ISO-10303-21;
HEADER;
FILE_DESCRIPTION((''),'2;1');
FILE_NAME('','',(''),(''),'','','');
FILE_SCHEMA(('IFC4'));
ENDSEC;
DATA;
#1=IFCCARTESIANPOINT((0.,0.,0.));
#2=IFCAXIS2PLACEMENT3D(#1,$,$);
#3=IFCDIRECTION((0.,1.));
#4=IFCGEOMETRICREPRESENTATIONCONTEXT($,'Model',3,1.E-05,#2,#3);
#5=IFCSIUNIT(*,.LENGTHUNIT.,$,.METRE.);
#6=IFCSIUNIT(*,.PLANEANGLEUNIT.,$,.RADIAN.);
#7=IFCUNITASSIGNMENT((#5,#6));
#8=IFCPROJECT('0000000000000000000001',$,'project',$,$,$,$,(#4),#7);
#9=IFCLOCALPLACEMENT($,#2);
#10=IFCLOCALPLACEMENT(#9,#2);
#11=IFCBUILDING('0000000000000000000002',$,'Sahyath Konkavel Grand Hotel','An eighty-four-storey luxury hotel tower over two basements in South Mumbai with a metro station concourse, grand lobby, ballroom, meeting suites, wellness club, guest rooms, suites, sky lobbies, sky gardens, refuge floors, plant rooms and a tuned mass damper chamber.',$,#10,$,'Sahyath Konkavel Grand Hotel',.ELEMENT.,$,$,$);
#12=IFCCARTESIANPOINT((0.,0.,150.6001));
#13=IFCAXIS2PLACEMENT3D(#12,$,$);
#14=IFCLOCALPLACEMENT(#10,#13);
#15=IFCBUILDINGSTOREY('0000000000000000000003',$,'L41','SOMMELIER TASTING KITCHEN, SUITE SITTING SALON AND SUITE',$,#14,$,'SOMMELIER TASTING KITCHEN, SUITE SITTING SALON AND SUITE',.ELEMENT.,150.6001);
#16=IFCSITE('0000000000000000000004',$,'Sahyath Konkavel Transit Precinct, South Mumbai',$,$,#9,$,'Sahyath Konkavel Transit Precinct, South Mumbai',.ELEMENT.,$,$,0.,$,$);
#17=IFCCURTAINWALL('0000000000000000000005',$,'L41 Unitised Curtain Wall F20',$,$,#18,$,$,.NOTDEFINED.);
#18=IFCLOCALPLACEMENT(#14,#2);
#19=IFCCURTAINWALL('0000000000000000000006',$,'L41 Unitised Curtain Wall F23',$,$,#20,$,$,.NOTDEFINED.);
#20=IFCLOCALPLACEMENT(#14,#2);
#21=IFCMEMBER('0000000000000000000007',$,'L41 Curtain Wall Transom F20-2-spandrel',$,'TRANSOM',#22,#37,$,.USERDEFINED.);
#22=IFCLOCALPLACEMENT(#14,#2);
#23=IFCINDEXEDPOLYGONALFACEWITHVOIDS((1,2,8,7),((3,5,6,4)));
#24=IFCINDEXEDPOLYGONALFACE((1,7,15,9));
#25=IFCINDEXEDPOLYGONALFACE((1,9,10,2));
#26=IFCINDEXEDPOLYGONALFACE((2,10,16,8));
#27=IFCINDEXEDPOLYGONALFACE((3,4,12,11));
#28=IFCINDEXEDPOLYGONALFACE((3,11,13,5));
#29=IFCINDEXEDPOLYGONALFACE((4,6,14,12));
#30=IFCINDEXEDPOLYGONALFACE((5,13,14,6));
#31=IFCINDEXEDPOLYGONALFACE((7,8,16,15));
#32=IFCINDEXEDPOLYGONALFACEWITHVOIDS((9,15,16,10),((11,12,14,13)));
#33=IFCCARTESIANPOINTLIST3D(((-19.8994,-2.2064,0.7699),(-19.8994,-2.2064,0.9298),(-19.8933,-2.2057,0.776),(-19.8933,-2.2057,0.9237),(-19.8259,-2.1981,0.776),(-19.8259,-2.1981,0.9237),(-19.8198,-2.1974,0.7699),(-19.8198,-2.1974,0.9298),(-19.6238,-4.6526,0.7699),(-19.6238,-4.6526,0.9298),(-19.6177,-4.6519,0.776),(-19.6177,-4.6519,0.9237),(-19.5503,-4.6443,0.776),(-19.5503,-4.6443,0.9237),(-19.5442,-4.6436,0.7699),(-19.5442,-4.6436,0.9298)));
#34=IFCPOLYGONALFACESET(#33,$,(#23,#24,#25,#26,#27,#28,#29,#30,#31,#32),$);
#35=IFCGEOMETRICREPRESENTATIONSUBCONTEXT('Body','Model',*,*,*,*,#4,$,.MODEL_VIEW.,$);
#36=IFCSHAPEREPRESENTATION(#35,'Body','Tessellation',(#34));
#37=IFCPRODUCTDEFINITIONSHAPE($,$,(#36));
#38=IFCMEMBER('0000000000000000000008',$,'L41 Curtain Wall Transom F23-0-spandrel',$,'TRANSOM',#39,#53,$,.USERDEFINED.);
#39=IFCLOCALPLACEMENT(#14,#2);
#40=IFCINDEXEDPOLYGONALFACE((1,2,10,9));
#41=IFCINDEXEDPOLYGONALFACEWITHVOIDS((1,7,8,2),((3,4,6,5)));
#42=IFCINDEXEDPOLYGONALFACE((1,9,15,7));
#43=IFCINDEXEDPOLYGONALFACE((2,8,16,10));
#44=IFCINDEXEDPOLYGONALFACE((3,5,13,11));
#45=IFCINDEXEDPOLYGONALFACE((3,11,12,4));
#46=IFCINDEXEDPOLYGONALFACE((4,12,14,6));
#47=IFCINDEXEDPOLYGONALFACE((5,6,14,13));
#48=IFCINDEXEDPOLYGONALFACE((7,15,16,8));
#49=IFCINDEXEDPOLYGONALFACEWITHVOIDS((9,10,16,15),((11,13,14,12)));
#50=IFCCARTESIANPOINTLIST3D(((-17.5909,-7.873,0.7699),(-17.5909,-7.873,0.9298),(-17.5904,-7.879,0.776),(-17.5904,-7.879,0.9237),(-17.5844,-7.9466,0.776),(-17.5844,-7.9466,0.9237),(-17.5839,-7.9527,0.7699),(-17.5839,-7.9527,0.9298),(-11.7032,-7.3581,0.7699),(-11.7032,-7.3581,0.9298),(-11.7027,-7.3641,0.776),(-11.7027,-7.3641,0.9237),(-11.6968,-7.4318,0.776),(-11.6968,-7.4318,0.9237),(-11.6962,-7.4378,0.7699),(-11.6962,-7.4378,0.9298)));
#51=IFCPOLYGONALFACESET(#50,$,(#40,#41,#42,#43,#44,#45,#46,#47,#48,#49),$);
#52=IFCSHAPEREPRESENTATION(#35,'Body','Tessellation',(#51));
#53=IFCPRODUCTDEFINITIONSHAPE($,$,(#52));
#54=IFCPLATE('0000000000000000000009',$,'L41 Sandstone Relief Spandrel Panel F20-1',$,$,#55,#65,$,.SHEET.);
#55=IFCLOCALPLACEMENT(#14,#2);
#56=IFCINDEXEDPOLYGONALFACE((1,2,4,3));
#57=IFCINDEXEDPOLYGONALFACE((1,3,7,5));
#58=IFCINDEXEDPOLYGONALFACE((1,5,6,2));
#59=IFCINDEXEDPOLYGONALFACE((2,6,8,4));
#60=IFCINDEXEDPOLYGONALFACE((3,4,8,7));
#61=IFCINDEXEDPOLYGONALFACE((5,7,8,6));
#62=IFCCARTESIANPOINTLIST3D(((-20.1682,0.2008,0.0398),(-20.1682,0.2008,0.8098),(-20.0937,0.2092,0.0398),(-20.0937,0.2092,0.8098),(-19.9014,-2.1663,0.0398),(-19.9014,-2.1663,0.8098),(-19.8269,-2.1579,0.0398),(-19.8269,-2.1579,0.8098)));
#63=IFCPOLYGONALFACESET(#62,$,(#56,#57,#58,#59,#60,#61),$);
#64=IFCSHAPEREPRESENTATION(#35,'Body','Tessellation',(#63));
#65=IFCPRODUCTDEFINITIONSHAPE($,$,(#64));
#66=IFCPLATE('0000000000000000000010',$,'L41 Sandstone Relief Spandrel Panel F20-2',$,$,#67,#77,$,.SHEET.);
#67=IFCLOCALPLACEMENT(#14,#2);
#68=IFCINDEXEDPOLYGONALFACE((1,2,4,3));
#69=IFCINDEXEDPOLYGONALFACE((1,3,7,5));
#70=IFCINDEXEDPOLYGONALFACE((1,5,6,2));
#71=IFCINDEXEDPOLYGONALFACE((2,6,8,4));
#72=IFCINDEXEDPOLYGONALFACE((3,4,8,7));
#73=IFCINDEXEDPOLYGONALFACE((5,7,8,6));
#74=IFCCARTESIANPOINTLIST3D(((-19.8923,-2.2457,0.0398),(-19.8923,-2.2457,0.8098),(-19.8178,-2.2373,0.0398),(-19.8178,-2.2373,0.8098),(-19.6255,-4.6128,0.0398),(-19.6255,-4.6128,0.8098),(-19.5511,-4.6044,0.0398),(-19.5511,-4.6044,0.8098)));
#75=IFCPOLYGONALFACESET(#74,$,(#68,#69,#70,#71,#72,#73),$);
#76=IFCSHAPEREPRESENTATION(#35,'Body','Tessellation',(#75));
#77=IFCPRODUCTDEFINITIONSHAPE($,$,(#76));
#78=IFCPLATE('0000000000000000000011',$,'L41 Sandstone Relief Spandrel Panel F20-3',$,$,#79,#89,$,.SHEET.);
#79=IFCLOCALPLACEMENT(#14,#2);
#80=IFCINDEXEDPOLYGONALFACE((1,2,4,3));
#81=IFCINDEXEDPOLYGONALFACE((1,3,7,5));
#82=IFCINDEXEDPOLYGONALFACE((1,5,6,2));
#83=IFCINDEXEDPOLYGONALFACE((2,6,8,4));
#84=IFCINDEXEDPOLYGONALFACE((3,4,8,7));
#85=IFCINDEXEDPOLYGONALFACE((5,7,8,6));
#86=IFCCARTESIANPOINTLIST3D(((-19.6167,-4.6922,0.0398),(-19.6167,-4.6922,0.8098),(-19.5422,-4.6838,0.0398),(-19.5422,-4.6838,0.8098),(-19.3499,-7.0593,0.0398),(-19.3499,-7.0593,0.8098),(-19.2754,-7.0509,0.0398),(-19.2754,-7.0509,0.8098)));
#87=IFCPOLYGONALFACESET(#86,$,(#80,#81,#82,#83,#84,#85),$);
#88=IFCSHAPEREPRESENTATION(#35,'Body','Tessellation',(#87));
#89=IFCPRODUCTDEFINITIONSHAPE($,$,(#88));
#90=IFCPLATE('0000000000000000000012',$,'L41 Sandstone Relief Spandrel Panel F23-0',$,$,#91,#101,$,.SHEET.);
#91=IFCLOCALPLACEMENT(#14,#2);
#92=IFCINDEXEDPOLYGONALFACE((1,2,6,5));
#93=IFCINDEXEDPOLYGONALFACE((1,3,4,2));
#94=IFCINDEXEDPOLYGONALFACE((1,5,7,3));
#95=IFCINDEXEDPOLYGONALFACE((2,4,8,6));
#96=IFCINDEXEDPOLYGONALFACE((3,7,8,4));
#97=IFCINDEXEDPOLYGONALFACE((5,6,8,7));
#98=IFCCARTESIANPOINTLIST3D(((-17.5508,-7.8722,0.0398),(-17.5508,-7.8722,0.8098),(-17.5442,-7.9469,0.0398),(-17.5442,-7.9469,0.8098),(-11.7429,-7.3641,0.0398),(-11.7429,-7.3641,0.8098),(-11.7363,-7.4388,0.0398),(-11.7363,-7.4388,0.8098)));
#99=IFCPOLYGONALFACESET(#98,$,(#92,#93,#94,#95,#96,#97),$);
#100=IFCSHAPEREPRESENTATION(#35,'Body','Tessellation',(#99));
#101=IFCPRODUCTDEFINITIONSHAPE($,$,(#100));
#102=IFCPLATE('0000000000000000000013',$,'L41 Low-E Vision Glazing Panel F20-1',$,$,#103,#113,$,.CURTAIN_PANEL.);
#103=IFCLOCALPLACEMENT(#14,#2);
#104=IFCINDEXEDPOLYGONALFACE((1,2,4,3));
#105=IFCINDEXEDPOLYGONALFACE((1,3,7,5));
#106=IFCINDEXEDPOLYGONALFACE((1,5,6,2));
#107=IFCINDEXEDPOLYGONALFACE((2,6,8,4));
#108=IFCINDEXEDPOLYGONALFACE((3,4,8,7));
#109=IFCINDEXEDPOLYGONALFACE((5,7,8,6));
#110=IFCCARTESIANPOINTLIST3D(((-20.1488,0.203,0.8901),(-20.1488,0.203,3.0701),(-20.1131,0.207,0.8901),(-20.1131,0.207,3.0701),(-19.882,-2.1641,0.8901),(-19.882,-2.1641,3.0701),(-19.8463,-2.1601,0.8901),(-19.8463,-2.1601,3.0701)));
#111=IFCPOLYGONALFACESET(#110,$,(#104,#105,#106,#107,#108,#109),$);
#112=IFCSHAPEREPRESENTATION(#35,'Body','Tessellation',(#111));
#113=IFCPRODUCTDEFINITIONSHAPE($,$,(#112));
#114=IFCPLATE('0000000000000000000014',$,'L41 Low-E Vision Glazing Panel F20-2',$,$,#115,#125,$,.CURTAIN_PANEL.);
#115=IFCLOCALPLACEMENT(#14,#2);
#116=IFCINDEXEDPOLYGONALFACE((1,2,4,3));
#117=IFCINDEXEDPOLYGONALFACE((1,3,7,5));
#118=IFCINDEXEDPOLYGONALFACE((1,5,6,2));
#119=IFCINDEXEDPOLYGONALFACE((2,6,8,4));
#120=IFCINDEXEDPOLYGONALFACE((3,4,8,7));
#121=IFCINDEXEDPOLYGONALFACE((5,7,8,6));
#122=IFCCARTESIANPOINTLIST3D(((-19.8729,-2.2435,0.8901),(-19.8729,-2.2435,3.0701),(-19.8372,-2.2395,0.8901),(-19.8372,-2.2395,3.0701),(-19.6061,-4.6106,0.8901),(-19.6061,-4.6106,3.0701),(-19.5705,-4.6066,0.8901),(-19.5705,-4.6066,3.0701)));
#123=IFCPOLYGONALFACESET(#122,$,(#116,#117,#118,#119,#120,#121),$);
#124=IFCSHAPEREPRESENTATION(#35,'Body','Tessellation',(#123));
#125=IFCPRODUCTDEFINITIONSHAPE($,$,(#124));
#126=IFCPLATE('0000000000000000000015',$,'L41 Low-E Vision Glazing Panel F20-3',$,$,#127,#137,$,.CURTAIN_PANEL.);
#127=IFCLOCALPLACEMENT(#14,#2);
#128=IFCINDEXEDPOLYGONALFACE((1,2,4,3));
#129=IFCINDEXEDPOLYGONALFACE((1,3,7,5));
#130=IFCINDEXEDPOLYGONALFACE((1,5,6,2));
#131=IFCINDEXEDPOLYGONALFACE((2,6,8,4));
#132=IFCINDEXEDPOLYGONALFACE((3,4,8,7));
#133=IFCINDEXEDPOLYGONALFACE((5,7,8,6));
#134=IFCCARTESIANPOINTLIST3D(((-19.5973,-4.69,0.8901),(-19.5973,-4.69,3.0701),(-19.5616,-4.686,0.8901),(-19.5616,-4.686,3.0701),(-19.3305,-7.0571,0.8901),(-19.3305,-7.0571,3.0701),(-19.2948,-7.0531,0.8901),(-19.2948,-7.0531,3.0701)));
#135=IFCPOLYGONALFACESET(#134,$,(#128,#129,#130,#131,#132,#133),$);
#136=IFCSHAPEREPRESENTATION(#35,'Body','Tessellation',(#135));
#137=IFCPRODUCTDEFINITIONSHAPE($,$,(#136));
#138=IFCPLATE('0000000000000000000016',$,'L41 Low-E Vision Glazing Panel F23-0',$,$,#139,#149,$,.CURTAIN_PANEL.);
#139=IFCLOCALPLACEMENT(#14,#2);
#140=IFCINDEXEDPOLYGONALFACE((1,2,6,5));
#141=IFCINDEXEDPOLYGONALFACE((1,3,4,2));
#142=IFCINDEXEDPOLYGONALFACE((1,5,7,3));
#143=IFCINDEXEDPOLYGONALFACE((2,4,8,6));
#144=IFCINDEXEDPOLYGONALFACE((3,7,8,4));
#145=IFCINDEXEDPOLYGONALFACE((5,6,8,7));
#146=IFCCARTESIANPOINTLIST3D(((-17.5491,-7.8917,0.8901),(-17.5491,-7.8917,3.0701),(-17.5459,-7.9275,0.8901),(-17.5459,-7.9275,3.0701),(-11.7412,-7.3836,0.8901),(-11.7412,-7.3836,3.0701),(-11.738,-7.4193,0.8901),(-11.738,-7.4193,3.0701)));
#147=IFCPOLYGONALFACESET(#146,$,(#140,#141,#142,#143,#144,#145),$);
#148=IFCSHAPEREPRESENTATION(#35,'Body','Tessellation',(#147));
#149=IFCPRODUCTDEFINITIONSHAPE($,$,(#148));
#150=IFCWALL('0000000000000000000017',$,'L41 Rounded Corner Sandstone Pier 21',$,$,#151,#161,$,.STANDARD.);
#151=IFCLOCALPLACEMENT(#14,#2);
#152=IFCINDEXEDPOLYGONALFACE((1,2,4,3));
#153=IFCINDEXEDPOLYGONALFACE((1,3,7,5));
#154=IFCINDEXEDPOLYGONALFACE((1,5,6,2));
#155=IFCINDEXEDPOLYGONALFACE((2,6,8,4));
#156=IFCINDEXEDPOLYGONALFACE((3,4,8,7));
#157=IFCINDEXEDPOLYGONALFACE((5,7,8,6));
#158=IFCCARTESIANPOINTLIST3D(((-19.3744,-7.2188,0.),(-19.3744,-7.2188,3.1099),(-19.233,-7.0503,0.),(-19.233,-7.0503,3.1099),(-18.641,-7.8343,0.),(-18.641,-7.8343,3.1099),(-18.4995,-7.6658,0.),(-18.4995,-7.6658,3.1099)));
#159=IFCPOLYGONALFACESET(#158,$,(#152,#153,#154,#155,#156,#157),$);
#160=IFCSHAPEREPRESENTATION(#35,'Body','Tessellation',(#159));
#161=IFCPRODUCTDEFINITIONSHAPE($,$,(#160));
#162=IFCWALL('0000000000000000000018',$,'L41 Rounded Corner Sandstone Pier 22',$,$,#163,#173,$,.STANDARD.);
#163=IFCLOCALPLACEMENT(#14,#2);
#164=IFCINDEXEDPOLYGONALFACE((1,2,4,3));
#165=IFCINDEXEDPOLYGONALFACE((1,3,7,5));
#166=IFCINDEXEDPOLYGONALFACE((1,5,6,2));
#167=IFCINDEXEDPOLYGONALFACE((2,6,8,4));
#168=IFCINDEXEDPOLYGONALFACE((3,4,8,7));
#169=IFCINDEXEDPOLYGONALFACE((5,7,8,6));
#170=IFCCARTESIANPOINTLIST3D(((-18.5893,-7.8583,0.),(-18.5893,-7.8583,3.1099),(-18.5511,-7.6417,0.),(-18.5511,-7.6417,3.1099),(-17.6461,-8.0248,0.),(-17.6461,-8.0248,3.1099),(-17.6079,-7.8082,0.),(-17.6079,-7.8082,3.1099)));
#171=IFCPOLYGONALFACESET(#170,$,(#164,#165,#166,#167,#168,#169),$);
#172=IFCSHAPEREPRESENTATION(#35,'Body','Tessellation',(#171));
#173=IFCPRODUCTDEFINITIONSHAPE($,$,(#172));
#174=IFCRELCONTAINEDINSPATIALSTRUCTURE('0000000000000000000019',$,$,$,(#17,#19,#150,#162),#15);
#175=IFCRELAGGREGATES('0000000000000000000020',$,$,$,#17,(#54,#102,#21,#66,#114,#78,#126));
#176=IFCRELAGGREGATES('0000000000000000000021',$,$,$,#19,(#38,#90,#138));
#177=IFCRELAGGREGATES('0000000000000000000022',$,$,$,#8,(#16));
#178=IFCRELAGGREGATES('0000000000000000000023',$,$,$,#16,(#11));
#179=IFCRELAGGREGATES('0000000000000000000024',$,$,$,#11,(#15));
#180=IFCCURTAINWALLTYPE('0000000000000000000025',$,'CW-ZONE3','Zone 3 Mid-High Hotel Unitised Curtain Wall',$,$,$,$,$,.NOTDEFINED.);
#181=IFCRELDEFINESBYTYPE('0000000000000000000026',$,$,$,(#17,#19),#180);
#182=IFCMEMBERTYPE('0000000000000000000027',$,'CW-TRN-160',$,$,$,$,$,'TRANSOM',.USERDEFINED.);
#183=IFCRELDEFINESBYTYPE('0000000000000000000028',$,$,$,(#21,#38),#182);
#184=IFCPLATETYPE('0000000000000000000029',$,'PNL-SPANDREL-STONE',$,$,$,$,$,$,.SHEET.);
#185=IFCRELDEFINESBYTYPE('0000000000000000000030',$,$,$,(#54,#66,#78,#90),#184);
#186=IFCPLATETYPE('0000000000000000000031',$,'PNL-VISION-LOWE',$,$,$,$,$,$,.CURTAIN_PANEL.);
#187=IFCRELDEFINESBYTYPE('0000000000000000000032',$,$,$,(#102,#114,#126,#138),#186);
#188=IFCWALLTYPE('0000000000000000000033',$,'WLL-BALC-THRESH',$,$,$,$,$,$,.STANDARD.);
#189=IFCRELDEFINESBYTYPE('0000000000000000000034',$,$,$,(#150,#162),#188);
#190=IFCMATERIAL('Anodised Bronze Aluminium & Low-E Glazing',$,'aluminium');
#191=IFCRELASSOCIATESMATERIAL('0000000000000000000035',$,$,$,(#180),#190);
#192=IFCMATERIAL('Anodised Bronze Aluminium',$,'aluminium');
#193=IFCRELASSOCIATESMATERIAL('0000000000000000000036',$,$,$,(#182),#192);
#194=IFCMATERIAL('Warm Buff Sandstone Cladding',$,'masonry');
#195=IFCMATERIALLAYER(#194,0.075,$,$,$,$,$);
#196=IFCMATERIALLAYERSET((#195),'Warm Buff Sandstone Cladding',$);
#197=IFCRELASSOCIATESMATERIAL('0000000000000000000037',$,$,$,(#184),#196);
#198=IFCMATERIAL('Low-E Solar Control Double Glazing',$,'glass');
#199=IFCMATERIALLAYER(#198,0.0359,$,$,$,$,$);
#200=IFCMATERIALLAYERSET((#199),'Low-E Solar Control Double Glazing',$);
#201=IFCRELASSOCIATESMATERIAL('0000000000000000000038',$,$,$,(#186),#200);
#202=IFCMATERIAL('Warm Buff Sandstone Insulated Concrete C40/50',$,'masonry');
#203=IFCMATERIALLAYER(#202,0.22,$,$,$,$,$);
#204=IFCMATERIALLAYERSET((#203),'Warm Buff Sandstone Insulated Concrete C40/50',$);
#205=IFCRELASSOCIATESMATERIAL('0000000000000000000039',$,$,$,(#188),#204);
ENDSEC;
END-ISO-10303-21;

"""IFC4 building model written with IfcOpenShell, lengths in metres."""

from ifc_helpers import new_model, si_unit, direction, frame, frame_2d, origin, origin_2d, place, context, subcontext, project, spatial, rectangle, hollow_rectangle, extrude, source, transform, mapped, material, layer, layer_set, material_profile, profile_set, type_object, element, aggregate, save


model = new_model("IFC4")

# Units and contexts
model_context = context("Model", 3, precision=1e-05, world=origin(), true_north=direction((0.0, 1.0)))
body_context = subcontext(model_context, "Body", "Model", "MODEL_VIEW")
ifc_project = project(units=[si_unit("LENGTHUNIT", "METRE"), si_unit("PLANEANGLEUNIT", "RADIAN")], contexts=[model_context])

# Site, building, storey
site_placement = place(None, origin())
site = spatial("IfcSite", under=ifc_project, at=site_placement, Name="Sahyath Konkavel Transit Precinct, South Mumbai", LongName="Sahyath Konkavel Transit Precinct, South Mumbai", CompositionType="ELEMENT", RefElevation=0.0)
building_placement = place(site_placement, origin())
building = spatial("IfcBuilding", under=site, at=building_placement, Name="Sahyath Konkavel Grand Hotel", Description="An eighty-four-storey luxury hotel tower over two basements in South Mumbai with a metro station concourse, grand lobby, ballroom, meeting suites, wellness club, guest rooms, suites, sky lobbies, sky gardens, refuge floors, plant rooms and a tuned mass damper chamber.", LongName="Sahyath Konkavel Grand Hotel", CompositionType="ELEMENT")
storey_placement = place(building_placement, frame((0.0, 0.0, 150.6001)))
storey = spatial("IfcBuildingStorey", under=building, at=storey_placement, Name="L41", Description="SOMMELIER TASTING KITCHEN, SUITE SITTING SALON AND SUITE", LongName="SOMMELIER TASTING KITCHEN, SUITE SITTING SALON AND SUITE", CompositionType="ELEMENT", Elevation=150.6001)

# Curtain walls
ifc_material_1 = material(Name="Anodised Bronze Aluminium & Low-E Glazing", Category="aluminium")
curtain_wall_type = type_object("IfcCurtainWallType", Name="CW-ZONE3", Description="Zone 3 Mid-High Hotel Unitised Curtain Wall", PredefinedType="NOTDEFINED", material=ifc_material_1)
curtain_wall_1_placement = place(storey_placement, origin())
curtain_wall_1 = element("IfcCurtainWall", 1, at=curtain_wall_1_placement, inside=storey, type_object=curtain_wall_type, Name="L41 Unitised Curtain Wall F20", PredefinedType="NOTDEFINED")
ifc_material_2 = material(Name="Anodised Bronze Aluminium", Category="aluminium")
curtain_wall_2_placement = place(storey_placement, origin())
curtain_wall_2 = element("IfcCurtainWall", 2, at=curtain_wall_2_placement, inside=storey, type_object=curtain_wall_type, Name="L41 Unitised Curtain Wall F23", PredefinedType="NOTDEFINED")

# Members
ifc_material_profile_1 = material_profile(ifc_material_2, hollow_rectangle(XDim=0.0801, YDim=0.1599, WallThickness=0.0061, at=origin_2d()), Name="RHS 160x80x6")
ifc_profile_set_1 = profile_set([ifc_material_profile_1], Name="Anodised Bronze Aluminium")
member_type_1 = type_object("IfcMemberType", Name="CW-TRN-160", ElementType="TRANSOM", PredefinedType="USERDEFINED", material=ifc_profile_set_1)
shared_shape_1 = source(origin(), body_context, "Body", "SweptSolid", [
    extrude(hollow_rectangle(XDim=0.0801, YDim=0.1599, WallThickness=0.0061, at=origin_2d()), origin(), (0.0, 0.0, 1.0), 2.4617),
])
member_1_placement = place(storey_placement, frame((-19.8596, -2.2019, 0.8499), z_axis=(0.111966, -0.993712, 0.0), x_axis=(0.993712, 0.111966, 0.0)))
member_1 = element("IfcMember", 3, at=member_1_placement, type_object=member_type_1, Name="L41 Curtain Wall Transom F20-2-spandrel", ObjectType="TRANSOM", PredefinedType="USERDEFINED", context=body_context, shape_type="MappedRepresentation", body=[
    mapped(shared_shape_1, transform((0.0, 0.0, 0.0), scale=1.0)),
])
shared_shape_2 = source(origin(), body_context, "Body", "SweptSolid", [
    extrude(hollow_rectangle(XDim=0.0801, YDim=0.1599, WallThickness=0.0061, at=origin_2d()), origin(), (0.0, 0.0, 1.0), 5.9102),
])
member_2_placement = place(storey_placement, frame((-17.5874, -7.9128, 0.8499), z_axis=(0.996198, 0.08712, 0.0), x_axis=(-0.08712, 0.996198, 0.0)))
member_2 = element("IfcMember", 4, at=member_2_placement, type_object=member_type_1, Name="L41 Curtain Wall Transom F23-0-spandrel", ObjectType="TRANSOM", PredefinedType="USERDEFINED", context=body_context, shape_type="MappedRepresentation", body=[
    mapped(shared_shape_2, transform((0.0, 0.0, 0.0), scale=1.0)),
])

# Plates
ifc_material_3 = material(Name="Warm Buff Sandstone Cladding", Category="masonry")
ifc_layer_1 = layer(ifc_material_3, 0.075)
ifc_layer_set_1 = layer_set([ifc_layer_1], Name="Warm Buff Sandstone Cladding")
plate_type_1 = type_object("IfcPlateType", Name="PNL-SPANDREL-STONE", PredefinedType="SHEET", material=ifc_layer_set_1)
shared_shape_3 = source(origin(), body_context, "Body", "SweptSolid", [
    extrude(rectangle(XDim=2.3821, YDim=0.075, at=origin_2d()), origin(), (0.0, 0.0, 1.0), 0.77),
])
plate_1_placement = place(storey_placement, frame((-19.9976, -0.9785, 0.0398), z_axis=(0.0, 0.0, 1.0), x_axis=(0.111989, -0.993709, 0.0)))
plate_1 = element("IfcPlate", 5, at=plate_1_placement, type_object=plate_type_1, Name="L41 Sandstone Relief Spandrel Panel F20-1", PredefinedType="SHEET", context=body_context, shape_type="MappedRepresentation", body=[
    mapped(shared_shape_3, transform((0.0, 0.0, 0.0), scale=1.0)),
])
plate_2_placement = place(storey_placement, frame((-19.7217, -3.425, 0.0398), z_axis=(0.0, 0.0, 1.0), x_axis=(0.111989, -0.993709, 0.0)))
plate_2 = element("IfcPlate", 6, at=plate_2_placement, type_object=plate_type_1, Name="L41 Sandstone Relief Spandrel Panel F20-2", PredefinedType="SHEET", context=body_context, shape_type="MappedRepresentation", body=[
    mapped(shared_shape_3, transform((0.0, 0.0, 0.0), scale=1.0)),
])
plate_3_placement = place(storey_placement, frame((-19.446, -5.8716, 0.0398), z_axis=(0.0, 0.0, 1.0), x_axis=(0.111989, -0.993709, 0.0)))
plate_3 = element("IfcPlate", 7, at=plate_3_placement, type_object=plate_type_1, Name="L41 Sandstone Relief Spandrel Panel F20-3", PredefinedType="SHEET", context=body_context, shape_type="MappedRepresentation", body=[
    mapped(shared_shape_3, transform((0.0, 0.0, 0.0), scale=1.0)),
])
shared_shape_4 = source(origin(), body_context, "Body", "SweptSolid", [
    extrude(rectangle(XDim=5.8301, YDim=0.075, at=origin_2d()), origin(), (0.0, 0.0, 1.0), 0.77),
])
plate_4_placement = place(storey_placement, frame((-14.6436, -7.6555, 0.0398), z_axis=(0.0, 0.0, 1.0), x_axis=(0.996195, 0.087156, 0.0)))
plate_4 = element("IfcPlate", 8, at=plate_4_placement, type_object=plate_type_1, Name="L41 Sandstone Relief Spandrel Panel F23-0", PredefinedType="SHEET", context=body_context, shape_type="MappedRepresentation", body=[
    mapped(shared_shape_4, transform((0.0, 0.0, 0.0), scale=1.0)),
])
ifc_material_4 = material(Name="Low-E Solar Control Double Glazing", Category="glass")
ifc_layer_2 = layer(ifc_material_4, 0.0359)
ifc_layer_set_2 = layer_set([ifc_layer_2], Name="Low-E Solar Control Double Glazing")
plate_type_2 = type_object("IfcPlateType", Name="PNL-VISION-LOWE", PredefinedType="CURTAIN_PANEL", material=ifc_layer_set_2)
shared_shape_5 = source(origin(), body_context, "Body", "SweptSolid", [
    extrude(rectangle(XDim=2.3821, YDim=0.0359, at=origin_2d()), origin(), (0.0, 0.0, 1.0), 2.1799),
])
plate_5_placement = place(storey_placement, frame((-19.9976, -0.9785, 0.8901), z_axis=(0.0, 0.0, 1.0), x_axis=(0.111989, -0.993709, 0.0)))
plate_5 = element("IfcPlate", 9, at=plate_5_placement, type_object=plate_type_2, Name="L41 Low-E Vision Glazing Panel F20-1", PredefinedType="CURTAIN_PANEL", context=body_context, shape_type="MappedRepresentation", body=[
    mapped(shared_shape_5, transform((0.0, 0.0, 0.0), scale=1.0)),
])
plate_6_placement = place(storey_placement, frame((-19.7217, -3.425, 0.8901), z_axis=(0.0, 0.0, 1.0), x_axis=(0.111989, -0.993709, 0.0)))
plate_6 = element("IfcPlate", 10, at=plate_6_placement, type_object=plate_type_2, Name="L41 Low-E Vision Glazing Panel F20-2", PredefinedType="CURTAIN_PANEL", context=body_context, shape_type="MappedRepresentation", body=[
    mapped(shared_shape_5, transform((0.0, 0.0, 0.0), scale=1.0)),
])
plate_7_placement = place(storey_placement, frame((-19.446, -5.8716, 0.8901), z_axis=(0.0, 0.0, 1.0), x_axis=(0.111989, -0.993709, 0.0)))
plate_7 = element("IfcPlate", 11, at=plate_7_placement, type_object=plate_type_2, Name="L41 Low-E Vision Glazing Panel F20-3", PredefinedType="CURTAIN_PANEL", context=body_context, shape_type="MappedRepresentation", body=[
    mapped(shared_shape_5, transform((0.0, 0.0, 0.0), scale=1.0)),
])
aggregate(curtain_wall_1, [plate_1, plate_5, member_1, plate_2, plate_6, plate_3, plate_7])
shared_shape_6 = source(origin(), body_context, "Body", "SweptSolid", [
    extrude(rectangle(XDim=5.8301, YDim=0.0359, at=origin_2d()), origin(), (0.0, 0.0, 1.0), 2.1799),
])
plate_8_placement = place(storey_placement, frame((-14.6436, -7.6555, 0.8901), z_axis=(0.0, 0.0, 1.0), x_axis=(0.996195, 0.087156, 0.0)))
plate_8 = element("IfcPlate", 12, at=plate_8_placement, type_object=plate_type_2, Name="L41 Low-E Vision Glazing Panel F23-0", PredefinedType="CURTAIN_PANEL", context=body_context, shape_type="MappedRepresentation", body=[
    mapped(shared_shape_6, transform((0.0, 0.0, 0.0), scale=1.0)),
])
aggregate(curtain_wall_2, [member_2, plate_4, plate_8])

# Walls
ifc_material_5 = material(Name="Warm Buff Sandstone Insulated Concrete C40/50", Category="masonry")
ifc_layer_3 = layer(ifc_material_5, 0.22)
ifc_layer_set_3 = layer_set([ifc_layer_3], Name="Warm Buff Sandstone Insulated Concrete C40/50")
wall_type = type_object("IfcWallType", Name="WLL-BALC-THRESH", PredefinedType="STANDARD", material=ifc_layer_set_3)
wall_1_placement = place(storey_placement, frame((-19.3037, -7.1345, 0.0), z_axis=(0.0, 0.0, 1.0), x_axis=(0.766001, -0.642839, 0.0)))
element("IfcWall", 13, at=wall_1_placement, inside=storey, type_object=wall_type, Name="L41 Rounded Corner Sandstone Pier 21", PredefinedType="STANDARD", context=body_context, shape_type="SweptSolid", body=[
    extrude(rectangle(XDim=0.9575, YDim=0.22, at=frame_2d((0.4788, 0.0))), origin(), (0.0, 0.0, 1.0), 3.1099),
])
wall_2_placement = place(storey_placement, frame((-18.5703, -7.75, 0.0), z_axis=(0.0, 0.0, 1.0), x_axis=(0.984771, -0.173858, 0.0)))
element("IfcWall", 14, at=wall_2_placement, inside=storey, type_object=wall_type, Name="L41 Rounded Corner Sandstone Pier 22", PredefinedType="STANDARD", context=body_context, shape_type="SweptSolid", body=[
    extrude(rectangle(XDim=0.9578, YDim=0.22, at=frame_2d((0.479, 0.0))), origin(), (0.0, 0.0, 1.0), 3.1099),
])

save(model, "model.ifc")
